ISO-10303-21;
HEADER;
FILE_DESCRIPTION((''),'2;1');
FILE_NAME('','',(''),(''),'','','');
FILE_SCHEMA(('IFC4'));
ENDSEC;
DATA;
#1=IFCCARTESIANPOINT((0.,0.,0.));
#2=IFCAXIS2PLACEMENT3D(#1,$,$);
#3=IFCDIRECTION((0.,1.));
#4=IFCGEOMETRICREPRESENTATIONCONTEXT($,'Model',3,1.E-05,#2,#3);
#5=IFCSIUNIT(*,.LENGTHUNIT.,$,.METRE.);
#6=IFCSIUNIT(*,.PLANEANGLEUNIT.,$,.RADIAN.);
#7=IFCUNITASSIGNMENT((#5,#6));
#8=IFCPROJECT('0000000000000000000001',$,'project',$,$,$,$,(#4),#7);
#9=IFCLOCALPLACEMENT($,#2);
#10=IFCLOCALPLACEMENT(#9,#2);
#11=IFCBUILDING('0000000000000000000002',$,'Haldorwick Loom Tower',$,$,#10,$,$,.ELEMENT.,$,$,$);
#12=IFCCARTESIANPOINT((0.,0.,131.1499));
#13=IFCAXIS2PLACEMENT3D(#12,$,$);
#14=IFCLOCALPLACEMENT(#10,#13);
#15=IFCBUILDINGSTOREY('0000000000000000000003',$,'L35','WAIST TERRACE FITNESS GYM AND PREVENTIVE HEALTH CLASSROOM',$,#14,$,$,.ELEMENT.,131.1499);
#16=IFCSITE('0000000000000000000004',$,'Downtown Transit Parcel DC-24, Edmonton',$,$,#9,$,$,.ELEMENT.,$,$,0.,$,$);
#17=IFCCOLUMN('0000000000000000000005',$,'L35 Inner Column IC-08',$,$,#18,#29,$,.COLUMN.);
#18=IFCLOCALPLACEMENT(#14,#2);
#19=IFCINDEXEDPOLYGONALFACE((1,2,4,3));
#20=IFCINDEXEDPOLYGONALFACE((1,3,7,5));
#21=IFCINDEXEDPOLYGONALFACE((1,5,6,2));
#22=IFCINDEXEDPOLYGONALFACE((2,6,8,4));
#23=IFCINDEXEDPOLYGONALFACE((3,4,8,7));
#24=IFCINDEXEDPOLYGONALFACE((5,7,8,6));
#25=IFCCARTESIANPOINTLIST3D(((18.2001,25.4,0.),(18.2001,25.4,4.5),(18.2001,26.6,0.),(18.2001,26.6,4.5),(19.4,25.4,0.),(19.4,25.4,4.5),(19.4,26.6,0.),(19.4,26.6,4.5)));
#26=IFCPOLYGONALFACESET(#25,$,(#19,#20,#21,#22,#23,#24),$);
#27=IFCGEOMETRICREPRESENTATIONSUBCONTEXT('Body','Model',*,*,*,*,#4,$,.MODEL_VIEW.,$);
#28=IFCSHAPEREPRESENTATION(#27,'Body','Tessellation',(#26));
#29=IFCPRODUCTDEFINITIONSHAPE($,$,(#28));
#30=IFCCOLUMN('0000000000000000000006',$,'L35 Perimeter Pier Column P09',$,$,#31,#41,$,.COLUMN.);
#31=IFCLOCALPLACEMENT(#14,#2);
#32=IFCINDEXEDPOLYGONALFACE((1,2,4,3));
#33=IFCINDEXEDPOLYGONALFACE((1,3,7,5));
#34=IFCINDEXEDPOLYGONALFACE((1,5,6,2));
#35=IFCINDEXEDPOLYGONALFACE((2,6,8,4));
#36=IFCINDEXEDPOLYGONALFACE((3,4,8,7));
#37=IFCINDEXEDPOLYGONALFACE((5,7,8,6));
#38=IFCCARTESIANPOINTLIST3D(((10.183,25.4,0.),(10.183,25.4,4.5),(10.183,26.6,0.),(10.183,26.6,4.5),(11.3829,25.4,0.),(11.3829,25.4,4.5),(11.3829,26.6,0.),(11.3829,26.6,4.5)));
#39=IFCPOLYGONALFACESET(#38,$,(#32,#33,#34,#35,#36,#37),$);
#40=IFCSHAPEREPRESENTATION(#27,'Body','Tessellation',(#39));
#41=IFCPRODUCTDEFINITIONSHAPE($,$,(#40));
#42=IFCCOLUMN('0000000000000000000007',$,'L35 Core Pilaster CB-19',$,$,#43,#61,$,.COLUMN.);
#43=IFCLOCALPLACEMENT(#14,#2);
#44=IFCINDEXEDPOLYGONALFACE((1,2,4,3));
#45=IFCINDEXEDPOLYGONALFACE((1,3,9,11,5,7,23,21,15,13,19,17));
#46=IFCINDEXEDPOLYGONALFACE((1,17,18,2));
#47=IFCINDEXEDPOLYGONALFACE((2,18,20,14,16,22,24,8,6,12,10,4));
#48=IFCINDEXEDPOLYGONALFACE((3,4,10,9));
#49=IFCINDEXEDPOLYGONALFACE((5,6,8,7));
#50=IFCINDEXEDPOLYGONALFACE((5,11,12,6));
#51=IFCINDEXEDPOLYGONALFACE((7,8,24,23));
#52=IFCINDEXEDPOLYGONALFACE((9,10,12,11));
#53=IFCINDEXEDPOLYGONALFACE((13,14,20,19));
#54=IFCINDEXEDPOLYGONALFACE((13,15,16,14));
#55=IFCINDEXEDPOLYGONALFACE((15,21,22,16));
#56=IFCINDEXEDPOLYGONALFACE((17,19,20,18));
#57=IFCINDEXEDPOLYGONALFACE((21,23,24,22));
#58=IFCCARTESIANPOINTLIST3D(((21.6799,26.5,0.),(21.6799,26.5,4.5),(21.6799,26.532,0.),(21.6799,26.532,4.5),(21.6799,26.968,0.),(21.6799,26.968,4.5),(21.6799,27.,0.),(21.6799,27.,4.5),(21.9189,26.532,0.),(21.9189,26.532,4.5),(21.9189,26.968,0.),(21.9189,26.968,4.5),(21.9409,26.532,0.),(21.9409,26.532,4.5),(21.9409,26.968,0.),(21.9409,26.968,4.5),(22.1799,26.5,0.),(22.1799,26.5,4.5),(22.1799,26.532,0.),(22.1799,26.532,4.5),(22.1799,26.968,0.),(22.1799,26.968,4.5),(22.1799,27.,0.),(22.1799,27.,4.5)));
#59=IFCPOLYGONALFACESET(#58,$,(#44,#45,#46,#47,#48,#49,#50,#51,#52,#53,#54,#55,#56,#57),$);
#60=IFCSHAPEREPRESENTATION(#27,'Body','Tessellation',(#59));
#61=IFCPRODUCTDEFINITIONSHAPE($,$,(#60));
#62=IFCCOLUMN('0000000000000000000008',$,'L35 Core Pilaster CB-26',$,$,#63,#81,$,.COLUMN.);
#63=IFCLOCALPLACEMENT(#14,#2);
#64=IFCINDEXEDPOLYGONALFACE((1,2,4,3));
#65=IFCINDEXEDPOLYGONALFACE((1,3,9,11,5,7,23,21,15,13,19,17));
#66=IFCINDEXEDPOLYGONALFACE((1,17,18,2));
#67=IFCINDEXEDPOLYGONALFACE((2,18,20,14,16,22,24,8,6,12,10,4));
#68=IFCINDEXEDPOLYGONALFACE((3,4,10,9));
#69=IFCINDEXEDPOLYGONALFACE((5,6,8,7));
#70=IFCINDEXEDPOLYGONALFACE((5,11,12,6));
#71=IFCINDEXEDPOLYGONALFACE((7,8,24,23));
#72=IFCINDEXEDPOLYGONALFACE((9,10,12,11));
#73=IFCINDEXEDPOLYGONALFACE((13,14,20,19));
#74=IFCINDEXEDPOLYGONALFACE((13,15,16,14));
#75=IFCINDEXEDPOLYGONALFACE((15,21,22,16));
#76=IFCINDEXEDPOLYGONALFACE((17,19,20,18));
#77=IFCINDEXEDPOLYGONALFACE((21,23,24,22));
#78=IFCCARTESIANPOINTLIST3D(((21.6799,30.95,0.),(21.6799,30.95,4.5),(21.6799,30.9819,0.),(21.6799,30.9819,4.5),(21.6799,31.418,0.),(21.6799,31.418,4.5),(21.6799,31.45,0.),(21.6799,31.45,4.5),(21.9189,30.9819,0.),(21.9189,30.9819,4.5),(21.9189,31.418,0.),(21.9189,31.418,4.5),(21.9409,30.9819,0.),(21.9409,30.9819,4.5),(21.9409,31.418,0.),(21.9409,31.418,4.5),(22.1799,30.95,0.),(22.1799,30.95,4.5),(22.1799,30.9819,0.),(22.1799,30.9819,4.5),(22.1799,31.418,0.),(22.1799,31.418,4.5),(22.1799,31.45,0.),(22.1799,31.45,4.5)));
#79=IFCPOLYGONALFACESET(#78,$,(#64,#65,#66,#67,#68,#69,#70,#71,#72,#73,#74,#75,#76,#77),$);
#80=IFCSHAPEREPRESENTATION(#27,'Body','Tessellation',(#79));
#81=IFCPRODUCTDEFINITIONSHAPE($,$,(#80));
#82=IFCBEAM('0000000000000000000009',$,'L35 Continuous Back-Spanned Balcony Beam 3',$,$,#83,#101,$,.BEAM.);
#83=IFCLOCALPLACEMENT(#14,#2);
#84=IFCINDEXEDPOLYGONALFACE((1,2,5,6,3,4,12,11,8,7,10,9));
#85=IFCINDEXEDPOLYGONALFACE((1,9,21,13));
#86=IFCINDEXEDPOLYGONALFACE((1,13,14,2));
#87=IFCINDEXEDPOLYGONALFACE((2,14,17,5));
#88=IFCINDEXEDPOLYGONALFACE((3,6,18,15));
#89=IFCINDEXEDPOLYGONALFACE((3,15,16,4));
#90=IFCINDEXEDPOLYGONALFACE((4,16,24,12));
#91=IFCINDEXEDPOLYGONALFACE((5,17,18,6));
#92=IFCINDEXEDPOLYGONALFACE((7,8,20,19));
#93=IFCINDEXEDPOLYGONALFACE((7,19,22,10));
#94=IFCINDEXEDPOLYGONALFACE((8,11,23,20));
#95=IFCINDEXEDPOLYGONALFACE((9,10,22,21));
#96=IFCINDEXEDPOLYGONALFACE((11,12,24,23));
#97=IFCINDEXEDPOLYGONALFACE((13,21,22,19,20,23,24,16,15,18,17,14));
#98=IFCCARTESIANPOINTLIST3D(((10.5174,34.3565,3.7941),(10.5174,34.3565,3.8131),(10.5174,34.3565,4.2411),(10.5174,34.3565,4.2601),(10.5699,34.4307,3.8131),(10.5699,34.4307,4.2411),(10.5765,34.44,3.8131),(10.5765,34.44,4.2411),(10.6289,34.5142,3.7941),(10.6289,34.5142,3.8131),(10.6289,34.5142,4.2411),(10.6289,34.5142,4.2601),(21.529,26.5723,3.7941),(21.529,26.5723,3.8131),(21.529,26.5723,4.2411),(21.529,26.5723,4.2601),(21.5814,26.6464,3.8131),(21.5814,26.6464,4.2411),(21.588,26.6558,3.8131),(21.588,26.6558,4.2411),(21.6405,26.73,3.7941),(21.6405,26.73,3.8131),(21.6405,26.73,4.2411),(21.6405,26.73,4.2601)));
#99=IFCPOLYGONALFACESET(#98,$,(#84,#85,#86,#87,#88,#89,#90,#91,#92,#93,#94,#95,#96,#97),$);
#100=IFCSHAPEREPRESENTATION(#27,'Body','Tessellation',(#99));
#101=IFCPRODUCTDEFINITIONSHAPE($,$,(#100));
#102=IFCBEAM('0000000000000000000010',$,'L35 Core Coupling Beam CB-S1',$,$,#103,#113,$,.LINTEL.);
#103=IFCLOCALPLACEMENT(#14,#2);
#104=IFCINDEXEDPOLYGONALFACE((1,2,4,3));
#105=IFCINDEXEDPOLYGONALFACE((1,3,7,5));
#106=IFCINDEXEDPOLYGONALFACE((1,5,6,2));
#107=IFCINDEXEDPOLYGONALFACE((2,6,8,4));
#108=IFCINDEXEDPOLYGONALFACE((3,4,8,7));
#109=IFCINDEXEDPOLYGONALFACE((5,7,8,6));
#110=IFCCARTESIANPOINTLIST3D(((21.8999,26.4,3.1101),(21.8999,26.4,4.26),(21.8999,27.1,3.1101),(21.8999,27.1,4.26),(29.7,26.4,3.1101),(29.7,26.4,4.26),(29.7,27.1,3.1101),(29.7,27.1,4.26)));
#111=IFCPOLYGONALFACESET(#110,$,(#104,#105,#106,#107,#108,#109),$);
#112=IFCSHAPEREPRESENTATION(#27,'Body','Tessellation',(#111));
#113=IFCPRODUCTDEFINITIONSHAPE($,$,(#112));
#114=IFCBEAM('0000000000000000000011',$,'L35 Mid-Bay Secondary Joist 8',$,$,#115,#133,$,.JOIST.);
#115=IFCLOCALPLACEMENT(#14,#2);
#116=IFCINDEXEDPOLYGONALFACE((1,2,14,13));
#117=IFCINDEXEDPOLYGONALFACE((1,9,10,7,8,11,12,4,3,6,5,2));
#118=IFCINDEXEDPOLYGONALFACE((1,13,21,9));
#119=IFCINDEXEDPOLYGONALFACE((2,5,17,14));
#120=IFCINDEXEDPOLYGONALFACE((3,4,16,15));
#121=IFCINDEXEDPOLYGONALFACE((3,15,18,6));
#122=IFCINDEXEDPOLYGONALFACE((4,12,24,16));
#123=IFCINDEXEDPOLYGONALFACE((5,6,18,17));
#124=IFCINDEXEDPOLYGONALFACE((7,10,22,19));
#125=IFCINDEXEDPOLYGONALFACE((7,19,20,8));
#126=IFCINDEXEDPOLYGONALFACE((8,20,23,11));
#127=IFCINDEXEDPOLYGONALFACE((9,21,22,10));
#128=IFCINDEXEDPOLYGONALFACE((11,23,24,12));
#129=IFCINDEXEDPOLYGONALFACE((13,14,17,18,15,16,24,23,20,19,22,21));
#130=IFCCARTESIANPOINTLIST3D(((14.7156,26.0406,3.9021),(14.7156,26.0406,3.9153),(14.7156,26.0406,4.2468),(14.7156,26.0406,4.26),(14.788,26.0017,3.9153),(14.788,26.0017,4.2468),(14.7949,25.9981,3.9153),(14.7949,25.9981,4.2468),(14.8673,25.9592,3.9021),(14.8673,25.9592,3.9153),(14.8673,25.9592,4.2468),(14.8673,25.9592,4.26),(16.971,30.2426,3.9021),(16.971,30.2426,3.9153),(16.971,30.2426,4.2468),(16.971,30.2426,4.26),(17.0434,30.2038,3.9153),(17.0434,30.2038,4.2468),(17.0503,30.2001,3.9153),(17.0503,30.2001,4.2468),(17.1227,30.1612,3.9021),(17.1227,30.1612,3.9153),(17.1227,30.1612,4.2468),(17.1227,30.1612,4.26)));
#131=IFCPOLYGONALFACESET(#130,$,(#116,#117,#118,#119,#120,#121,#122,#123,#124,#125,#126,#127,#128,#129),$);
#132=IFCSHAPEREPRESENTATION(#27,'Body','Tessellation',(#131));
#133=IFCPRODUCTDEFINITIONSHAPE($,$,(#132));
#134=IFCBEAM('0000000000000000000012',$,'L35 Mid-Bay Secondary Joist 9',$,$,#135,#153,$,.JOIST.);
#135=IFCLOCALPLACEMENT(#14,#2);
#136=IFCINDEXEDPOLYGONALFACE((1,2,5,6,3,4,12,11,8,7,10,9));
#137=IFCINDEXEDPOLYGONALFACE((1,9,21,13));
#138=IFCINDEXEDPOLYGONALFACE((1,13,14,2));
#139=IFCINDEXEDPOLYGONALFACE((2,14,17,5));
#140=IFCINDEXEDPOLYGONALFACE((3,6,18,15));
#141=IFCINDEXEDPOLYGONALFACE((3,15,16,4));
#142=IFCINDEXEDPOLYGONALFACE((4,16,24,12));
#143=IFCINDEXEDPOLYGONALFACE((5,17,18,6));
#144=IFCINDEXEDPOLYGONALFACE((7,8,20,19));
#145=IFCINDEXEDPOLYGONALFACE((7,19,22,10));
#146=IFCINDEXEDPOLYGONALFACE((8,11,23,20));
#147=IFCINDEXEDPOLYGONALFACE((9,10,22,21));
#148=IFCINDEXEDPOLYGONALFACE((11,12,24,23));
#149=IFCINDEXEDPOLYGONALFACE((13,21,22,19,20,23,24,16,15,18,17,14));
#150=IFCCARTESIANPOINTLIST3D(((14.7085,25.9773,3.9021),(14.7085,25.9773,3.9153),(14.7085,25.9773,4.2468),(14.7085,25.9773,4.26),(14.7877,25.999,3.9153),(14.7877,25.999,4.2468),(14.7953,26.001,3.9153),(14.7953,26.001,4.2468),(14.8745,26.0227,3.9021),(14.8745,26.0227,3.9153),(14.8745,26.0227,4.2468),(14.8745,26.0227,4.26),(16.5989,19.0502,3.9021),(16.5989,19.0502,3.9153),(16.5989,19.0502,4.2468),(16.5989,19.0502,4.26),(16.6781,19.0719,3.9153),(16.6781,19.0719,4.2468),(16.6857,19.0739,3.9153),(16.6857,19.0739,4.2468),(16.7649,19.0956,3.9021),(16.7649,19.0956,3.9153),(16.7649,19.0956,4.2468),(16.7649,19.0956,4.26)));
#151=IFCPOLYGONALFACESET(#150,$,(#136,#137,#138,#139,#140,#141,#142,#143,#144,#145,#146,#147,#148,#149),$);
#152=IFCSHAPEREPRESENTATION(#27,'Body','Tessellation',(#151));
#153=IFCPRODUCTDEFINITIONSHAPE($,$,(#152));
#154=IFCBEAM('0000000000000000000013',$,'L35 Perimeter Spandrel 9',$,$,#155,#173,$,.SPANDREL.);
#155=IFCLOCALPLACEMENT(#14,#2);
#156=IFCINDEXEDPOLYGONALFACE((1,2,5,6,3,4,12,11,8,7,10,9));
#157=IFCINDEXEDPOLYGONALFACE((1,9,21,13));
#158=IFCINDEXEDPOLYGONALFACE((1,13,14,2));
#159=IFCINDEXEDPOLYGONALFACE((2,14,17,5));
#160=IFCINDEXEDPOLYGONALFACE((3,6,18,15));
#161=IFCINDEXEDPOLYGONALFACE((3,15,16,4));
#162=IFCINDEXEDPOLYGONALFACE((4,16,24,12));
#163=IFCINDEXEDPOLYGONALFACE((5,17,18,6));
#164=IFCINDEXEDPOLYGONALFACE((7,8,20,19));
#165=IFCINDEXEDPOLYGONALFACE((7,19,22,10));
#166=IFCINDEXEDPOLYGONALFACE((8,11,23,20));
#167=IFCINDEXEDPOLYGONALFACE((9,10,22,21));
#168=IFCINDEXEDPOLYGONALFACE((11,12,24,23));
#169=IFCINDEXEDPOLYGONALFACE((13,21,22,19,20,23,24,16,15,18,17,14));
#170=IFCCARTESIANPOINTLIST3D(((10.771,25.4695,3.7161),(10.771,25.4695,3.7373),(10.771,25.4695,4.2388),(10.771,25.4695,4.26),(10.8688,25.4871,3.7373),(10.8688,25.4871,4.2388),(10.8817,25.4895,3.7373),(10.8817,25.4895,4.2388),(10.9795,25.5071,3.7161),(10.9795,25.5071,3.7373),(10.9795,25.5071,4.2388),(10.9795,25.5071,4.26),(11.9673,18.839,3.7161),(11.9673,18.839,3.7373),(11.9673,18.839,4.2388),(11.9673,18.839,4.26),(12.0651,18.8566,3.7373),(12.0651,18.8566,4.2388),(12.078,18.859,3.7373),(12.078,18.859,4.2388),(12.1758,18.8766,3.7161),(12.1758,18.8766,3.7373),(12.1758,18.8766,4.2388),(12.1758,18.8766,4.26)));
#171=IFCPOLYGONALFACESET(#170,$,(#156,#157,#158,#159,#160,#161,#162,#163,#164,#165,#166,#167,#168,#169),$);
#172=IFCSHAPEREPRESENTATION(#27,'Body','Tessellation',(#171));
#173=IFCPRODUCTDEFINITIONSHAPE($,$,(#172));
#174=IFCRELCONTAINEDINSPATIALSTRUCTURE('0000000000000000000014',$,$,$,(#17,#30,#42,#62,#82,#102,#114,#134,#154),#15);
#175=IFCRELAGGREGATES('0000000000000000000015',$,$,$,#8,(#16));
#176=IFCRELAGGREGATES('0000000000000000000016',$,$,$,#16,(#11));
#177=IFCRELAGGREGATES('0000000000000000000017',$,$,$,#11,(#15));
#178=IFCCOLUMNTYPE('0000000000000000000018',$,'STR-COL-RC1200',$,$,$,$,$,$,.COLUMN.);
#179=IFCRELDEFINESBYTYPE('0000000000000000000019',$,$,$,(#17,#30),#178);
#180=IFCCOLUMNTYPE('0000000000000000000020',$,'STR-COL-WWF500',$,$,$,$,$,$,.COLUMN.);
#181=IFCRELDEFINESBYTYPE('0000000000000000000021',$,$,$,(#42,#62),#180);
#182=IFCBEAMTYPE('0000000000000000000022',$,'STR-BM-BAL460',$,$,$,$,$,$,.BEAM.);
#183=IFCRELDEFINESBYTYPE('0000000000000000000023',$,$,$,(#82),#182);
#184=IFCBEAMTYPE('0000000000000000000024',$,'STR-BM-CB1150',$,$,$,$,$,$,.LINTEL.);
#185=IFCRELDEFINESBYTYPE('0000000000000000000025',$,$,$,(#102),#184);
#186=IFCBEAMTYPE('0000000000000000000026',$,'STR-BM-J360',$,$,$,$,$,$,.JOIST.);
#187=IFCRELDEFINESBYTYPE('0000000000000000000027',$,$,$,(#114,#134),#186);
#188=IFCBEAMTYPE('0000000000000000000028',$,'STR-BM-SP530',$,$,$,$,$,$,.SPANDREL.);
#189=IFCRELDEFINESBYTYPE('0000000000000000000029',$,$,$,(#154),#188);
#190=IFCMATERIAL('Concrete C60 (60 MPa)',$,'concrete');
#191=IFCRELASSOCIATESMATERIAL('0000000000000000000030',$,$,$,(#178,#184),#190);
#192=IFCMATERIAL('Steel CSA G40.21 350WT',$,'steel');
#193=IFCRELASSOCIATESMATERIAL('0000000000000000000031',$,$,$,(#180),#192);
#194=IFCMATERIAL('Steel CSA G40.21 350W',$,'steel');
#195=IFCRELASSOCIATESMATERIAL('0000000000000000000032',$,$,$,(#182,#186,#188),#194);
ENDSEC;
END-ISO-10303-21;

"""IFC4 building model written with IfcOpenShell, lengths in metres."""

from ifc_helpers import new_model, si_unit, direction, frame, origin, origin_2d, place, context, subcontext, project, spatial, rectangle, i_section, extrude, material, material_profile, profile_set, type_object, element, save


model = new_model("IFC4")

# Units and contexts
model_context = context("Model", 3, precision=1e-05, world=origin(), true_north=direction((0.0, 1.0)))
body_context = subcontext(model_context, "Body", "Model", "MODEL_VIEW")
ifc_project = project(units=[si_unit("LENGTHUNIT", "METRE"), si_unit("PLANEANGLEUNIT", "RADIAN")], contexts=[model_context])

# Site, building, storey
site_placement = place(None, origin())
site = spatial("IfcSite", under=ifc_project, at=site_placement, Name="Downtown Transit Parcel DC-24, Edmonton", CompositionType="ELEMENT", RefElevation=0.0)
building_placement = place(site_placement, origin())
building = spatial("IfcBuilding", under=site, at=building_placement, Name="Haldorwick Loom Tower", CompositionType="ELEMENT")
storey_placement = place(building_placement, frame((0.0, 0.0, 131.1499)))
storey = spatial("IfcBuildingStorey", under=building, at=storey_placement, Name="L35", Description="WAIST TERRACE FITNESS GYM AND PREVENTIVE HEALTH CLASSROOM", CompositionType="ELEMENT", Elevation=131.1499)

# Columns
ifc_material_1 = material(Name="Concrete C60 (60 MPa)", Category="concrete")
ifc_material_profile_1 = material_profile(ifc_material_1, rectangle(XDim=1.2, YDim=1.2, at=origin_2d()), Name="RC1200X1200", Category="concrete")
ifc_profile_set_1 = profile_set([ifc_material_profile_1], Name="Concrete C60 (60 MPa)")
column_type_1 = type_object("IfcColumnType", Name="STR-COL-RC1200", PredefinedType="COLUMN", material=ifc_profile_set_1)
for number, where, z_axis, x_axis, name in (
    (1, (18.8, 26.0, 0.0), (0.0, 0.0, 1.0), (1.0, 0.0, 0.0), "L35 Inner Column IC-08"),
    (2, (10.783, 26.0, 0.0), (0.0, 0.0, 1.0), (-1.0, 0.0, 0.0), "L35 Perimeter Pier Column P09"),
):
    element("IfcColumn", number, at=place(storey_placement, frame(where, z_axis=z_axis, x_axis=x_axis)), inside=storey, type_object=column_type_1, Name=name, PredefinedType="COLUMN", context=body_context, shape_type="SweptSolid", body=[
        extrude(rectangle(XDim=1.2, YDim=1.2, at=origin_2d()), origin(), (0.0, 0.0, 1.0), 4.5),
    ])
ifc_material_2 = material(Name="Steel CSA G40.21 350WT", Category="steel")
ifc_material_profile_2 = material_profile(ifc_material_2, i_section(OverallWidth=0.5, OverallDepth=0.5, WebThickness=0.022, FlangeThickness=0.032, at=origin_2d()), Name="WWF500X500", Category="steel")
ifc_profile_set_2 = profile_set([ifc_material_profile_2], Name="Steel CSA G40.21 350WT")
column_type_2 = type_object("IfcColumnType", Name="STR-COL-WWF500", PredefinedType="COLUMN", material=ifc_profile_set_2)
for number, where, z_axis, x_axis, name in (
    (3, (21.9299, 26.75, 0.0), (0.0, 0.0, 1.0), (1.0, 0.0, 0.0), "L35 Core Pilaster CB-19"),
    (4, (21.9299, 31.2, 0.0), (0.0, 0.0, 1.0), (1.0, 0.0, 0.0), "L35 Core Pilaster CB-26"),
):
    element("IfcColumn", number, at=place(storey_placement, frame(where, z_axis=z_axis, x_axis=x_axis)), inside=storey, type_object=column_type_2, Name=name, PredefinedType="COLUMN", context=body_context, shape_type="SweptSolid", body=[
        extrude(i_section(OverallWidth=0.5, OverallDepth=0.5, WebThickness=0.022, FlangeThickness=0.032, at=origin_2d()), origin(), (0.0, 0.0, 1.0), 4.5),
    ])

# Beams
ifc_material_3 = material(Name="Steel CSA G40.21 350W", Category="steel")
ifc_material_profile_3 = material_profile(ifc_material_3, i_section(OverallWidth=0.1931, OverallDepth=0.4661, WebThickness=0.0115, FlangeThickness=0.019, at=origin_2d()), Name="W460X97", Category="steel")
ifc_profile_set_3 = profile_set([ifc_material_profile_3], Name="Steel CSA G40.21 350W")
beam_type_1 = type_object("IfcBeamType", Name="STR-BM-BAL460", PredefinedType="BEAM", material=ifc_profile_set_3)
beam_1_placement = place(storey_placement, frame((21.5847, 26.6511, 4.0271), z_axis=(-0.81657, 0.577246, 0.0), x_axis=(-0.577246, -0.81657, 0.0)))
element("IfcBeam", 5, at=beam_1_placement, inside=storey, type_object=beam_type_1, Name="L35 Continuous Back-Spanned Balcony Beam 3", PredefinedType="BEAM", context=body_context, shape_type="SweptSolid", body=[
    extrude(i_section(OverallWidth=0.1931, OverallDepth=0.4661, WebThickness=0.0115, FlangeThickness=0.019, at=origin_2d()), origin(), (0.0, 0.0, 1.0), 13.4851),
])
ifc_material_profile_4 = material_profile(ifc_material_1, rectangle(XDim=0.7, YDim=1.1499, at=origin_2d()), Name="RC700X1150", Category="concrete")
ifc_profile_set_4 = profile_set([ifc_material_profile_4], Name="Concrete C60 (60 MPa)")
beam_type_2 = type_object("IfcBeamType", Name="STR-BM-CB1150", PredefinedType="LINTEL", material=ifc_profile_set_4)
beam_2_placement = place(storey_placement, frame((21.8999, 26.75, 3.6851), z_axis=(1.0, 0.0, 0.0), x_axis=(0.0, 1.0, 0.0)))
element("IfcBeam", 6, at=beam_2_placement, inside=storey, type_object=beam_type_2, Name="L35 Core Coupling Beam CB-S1", PredefinedType="LINTEL", context=body_context, shape_type="SweptSolid", body=[
    extrude(rectangle(XDim=0.7, YDim=1.1499, at=origin_2d()), origin(), (0.0, 0.0, 1.0), 7.8),
])
ifc_material_profile_5 = material_profile(ifc_material_3, i_section(OverallWidth=0.1721, OverallDepth=0.3579, WebThickness=0.0078, FlangeThickness=0.0132, at=origin_2d()), Name="W360X57", Category="steel")
ifc_profile_set_5 = profile_set([ifc_material_profile_5], Name="Steel CSA G40.21 350W")
beam_type_3 = type_object("IfcBeamType", Name="STR-BM-J360", PredefinedType="JOIST", material=ifc_profile_set_5)
beam_3_placement = place(storey_placement, frame((17.0469, 30.2019, 4.0811), z_axis=(-0.47293, -0.8811, 0.0), x_axis=(0.8811, -0.47293, 0.0)))
element("IfcBeam", 7, at=beam_3_placement, inside=storey, type_object=beam_type_3, Name="L35 Mid-Bay Secondary Joist 8", PredefinedType="JOIST", context=body_context, shape_type="SweptSolid", body=[
    extrude(i_section(OverallWidth=0.1721, OverallDepth=0.3579, WebThickness=0.0078, FlangeThickness=0.0132, at=origin_2d()), origin(), (0.0, 0.0, 1.0), 4.769),
])
beam_4_placement = place(storey_placement, frame((14.7915, 26.0, 4.0811), z_axis=(0.263273, -0.964721, 0.0), x_axis=(0.964721, 0.263273, 0.0)))
element("IfcBeam", 8, at=beam_4_placement, inside=storey, type_object=beam_type_3, Name="L35 Mid-Bay Secondary Joist 9", PredefinedType="JOIST", context=body_context, shape_type="SweptSolid", body=[
    extrude(i_section(OverallWidth=0.1721, OverallDepth=0.3579, WebThickness=0.0078, FlangeThickness=0.0132, at=origin_2d()), origin(), (0.0, 0.0, 1.0), 7.1804),
])
ifc_material_profile_6 = material_profile(ifc_material_3, i_section(OverallWidth=0.2119, OverallDepth=0.5439, WebThickness=0.0132, FlangeThickness=0.0212, at=origin_2d()), Name="W530X123", Category="steel")
ifc_profile_set_6 = profile_set([ifc_material_profile_6], Name="Steel CSA G40.21 350W")
beam_type_4 = type_object("IfcBeamType", Name="STR-BM-SP530", PredefinedType="SPANDREL", material=ifc_profile_set_6)
beam_5_placement = place(storey_placement, frame((10.8752, 25.4883, 3.988), z_axis=(0.177559, -0.98411, 0.0), x_axis=(0.98411, 0.177559, 0.0)))
element("IfcBeam", 9, at=beam_5_placement, inside=storey, type_object=beam_type_4, Name="L35 Perimeter Spandrel 9", PredefinedType="SPANDREL", context=body_context, shape_type="SweptSolid", body=[
    extrude(i_section(OverallWidth=0.2119, OverallDepth=0.5439, WebThickness=0.0132, FlangeThickness=0.0212, at=origin_2d()), origin(), (0.0, 0.0, 1.0), 6.7375),
])

save(model, "model.ifc")
